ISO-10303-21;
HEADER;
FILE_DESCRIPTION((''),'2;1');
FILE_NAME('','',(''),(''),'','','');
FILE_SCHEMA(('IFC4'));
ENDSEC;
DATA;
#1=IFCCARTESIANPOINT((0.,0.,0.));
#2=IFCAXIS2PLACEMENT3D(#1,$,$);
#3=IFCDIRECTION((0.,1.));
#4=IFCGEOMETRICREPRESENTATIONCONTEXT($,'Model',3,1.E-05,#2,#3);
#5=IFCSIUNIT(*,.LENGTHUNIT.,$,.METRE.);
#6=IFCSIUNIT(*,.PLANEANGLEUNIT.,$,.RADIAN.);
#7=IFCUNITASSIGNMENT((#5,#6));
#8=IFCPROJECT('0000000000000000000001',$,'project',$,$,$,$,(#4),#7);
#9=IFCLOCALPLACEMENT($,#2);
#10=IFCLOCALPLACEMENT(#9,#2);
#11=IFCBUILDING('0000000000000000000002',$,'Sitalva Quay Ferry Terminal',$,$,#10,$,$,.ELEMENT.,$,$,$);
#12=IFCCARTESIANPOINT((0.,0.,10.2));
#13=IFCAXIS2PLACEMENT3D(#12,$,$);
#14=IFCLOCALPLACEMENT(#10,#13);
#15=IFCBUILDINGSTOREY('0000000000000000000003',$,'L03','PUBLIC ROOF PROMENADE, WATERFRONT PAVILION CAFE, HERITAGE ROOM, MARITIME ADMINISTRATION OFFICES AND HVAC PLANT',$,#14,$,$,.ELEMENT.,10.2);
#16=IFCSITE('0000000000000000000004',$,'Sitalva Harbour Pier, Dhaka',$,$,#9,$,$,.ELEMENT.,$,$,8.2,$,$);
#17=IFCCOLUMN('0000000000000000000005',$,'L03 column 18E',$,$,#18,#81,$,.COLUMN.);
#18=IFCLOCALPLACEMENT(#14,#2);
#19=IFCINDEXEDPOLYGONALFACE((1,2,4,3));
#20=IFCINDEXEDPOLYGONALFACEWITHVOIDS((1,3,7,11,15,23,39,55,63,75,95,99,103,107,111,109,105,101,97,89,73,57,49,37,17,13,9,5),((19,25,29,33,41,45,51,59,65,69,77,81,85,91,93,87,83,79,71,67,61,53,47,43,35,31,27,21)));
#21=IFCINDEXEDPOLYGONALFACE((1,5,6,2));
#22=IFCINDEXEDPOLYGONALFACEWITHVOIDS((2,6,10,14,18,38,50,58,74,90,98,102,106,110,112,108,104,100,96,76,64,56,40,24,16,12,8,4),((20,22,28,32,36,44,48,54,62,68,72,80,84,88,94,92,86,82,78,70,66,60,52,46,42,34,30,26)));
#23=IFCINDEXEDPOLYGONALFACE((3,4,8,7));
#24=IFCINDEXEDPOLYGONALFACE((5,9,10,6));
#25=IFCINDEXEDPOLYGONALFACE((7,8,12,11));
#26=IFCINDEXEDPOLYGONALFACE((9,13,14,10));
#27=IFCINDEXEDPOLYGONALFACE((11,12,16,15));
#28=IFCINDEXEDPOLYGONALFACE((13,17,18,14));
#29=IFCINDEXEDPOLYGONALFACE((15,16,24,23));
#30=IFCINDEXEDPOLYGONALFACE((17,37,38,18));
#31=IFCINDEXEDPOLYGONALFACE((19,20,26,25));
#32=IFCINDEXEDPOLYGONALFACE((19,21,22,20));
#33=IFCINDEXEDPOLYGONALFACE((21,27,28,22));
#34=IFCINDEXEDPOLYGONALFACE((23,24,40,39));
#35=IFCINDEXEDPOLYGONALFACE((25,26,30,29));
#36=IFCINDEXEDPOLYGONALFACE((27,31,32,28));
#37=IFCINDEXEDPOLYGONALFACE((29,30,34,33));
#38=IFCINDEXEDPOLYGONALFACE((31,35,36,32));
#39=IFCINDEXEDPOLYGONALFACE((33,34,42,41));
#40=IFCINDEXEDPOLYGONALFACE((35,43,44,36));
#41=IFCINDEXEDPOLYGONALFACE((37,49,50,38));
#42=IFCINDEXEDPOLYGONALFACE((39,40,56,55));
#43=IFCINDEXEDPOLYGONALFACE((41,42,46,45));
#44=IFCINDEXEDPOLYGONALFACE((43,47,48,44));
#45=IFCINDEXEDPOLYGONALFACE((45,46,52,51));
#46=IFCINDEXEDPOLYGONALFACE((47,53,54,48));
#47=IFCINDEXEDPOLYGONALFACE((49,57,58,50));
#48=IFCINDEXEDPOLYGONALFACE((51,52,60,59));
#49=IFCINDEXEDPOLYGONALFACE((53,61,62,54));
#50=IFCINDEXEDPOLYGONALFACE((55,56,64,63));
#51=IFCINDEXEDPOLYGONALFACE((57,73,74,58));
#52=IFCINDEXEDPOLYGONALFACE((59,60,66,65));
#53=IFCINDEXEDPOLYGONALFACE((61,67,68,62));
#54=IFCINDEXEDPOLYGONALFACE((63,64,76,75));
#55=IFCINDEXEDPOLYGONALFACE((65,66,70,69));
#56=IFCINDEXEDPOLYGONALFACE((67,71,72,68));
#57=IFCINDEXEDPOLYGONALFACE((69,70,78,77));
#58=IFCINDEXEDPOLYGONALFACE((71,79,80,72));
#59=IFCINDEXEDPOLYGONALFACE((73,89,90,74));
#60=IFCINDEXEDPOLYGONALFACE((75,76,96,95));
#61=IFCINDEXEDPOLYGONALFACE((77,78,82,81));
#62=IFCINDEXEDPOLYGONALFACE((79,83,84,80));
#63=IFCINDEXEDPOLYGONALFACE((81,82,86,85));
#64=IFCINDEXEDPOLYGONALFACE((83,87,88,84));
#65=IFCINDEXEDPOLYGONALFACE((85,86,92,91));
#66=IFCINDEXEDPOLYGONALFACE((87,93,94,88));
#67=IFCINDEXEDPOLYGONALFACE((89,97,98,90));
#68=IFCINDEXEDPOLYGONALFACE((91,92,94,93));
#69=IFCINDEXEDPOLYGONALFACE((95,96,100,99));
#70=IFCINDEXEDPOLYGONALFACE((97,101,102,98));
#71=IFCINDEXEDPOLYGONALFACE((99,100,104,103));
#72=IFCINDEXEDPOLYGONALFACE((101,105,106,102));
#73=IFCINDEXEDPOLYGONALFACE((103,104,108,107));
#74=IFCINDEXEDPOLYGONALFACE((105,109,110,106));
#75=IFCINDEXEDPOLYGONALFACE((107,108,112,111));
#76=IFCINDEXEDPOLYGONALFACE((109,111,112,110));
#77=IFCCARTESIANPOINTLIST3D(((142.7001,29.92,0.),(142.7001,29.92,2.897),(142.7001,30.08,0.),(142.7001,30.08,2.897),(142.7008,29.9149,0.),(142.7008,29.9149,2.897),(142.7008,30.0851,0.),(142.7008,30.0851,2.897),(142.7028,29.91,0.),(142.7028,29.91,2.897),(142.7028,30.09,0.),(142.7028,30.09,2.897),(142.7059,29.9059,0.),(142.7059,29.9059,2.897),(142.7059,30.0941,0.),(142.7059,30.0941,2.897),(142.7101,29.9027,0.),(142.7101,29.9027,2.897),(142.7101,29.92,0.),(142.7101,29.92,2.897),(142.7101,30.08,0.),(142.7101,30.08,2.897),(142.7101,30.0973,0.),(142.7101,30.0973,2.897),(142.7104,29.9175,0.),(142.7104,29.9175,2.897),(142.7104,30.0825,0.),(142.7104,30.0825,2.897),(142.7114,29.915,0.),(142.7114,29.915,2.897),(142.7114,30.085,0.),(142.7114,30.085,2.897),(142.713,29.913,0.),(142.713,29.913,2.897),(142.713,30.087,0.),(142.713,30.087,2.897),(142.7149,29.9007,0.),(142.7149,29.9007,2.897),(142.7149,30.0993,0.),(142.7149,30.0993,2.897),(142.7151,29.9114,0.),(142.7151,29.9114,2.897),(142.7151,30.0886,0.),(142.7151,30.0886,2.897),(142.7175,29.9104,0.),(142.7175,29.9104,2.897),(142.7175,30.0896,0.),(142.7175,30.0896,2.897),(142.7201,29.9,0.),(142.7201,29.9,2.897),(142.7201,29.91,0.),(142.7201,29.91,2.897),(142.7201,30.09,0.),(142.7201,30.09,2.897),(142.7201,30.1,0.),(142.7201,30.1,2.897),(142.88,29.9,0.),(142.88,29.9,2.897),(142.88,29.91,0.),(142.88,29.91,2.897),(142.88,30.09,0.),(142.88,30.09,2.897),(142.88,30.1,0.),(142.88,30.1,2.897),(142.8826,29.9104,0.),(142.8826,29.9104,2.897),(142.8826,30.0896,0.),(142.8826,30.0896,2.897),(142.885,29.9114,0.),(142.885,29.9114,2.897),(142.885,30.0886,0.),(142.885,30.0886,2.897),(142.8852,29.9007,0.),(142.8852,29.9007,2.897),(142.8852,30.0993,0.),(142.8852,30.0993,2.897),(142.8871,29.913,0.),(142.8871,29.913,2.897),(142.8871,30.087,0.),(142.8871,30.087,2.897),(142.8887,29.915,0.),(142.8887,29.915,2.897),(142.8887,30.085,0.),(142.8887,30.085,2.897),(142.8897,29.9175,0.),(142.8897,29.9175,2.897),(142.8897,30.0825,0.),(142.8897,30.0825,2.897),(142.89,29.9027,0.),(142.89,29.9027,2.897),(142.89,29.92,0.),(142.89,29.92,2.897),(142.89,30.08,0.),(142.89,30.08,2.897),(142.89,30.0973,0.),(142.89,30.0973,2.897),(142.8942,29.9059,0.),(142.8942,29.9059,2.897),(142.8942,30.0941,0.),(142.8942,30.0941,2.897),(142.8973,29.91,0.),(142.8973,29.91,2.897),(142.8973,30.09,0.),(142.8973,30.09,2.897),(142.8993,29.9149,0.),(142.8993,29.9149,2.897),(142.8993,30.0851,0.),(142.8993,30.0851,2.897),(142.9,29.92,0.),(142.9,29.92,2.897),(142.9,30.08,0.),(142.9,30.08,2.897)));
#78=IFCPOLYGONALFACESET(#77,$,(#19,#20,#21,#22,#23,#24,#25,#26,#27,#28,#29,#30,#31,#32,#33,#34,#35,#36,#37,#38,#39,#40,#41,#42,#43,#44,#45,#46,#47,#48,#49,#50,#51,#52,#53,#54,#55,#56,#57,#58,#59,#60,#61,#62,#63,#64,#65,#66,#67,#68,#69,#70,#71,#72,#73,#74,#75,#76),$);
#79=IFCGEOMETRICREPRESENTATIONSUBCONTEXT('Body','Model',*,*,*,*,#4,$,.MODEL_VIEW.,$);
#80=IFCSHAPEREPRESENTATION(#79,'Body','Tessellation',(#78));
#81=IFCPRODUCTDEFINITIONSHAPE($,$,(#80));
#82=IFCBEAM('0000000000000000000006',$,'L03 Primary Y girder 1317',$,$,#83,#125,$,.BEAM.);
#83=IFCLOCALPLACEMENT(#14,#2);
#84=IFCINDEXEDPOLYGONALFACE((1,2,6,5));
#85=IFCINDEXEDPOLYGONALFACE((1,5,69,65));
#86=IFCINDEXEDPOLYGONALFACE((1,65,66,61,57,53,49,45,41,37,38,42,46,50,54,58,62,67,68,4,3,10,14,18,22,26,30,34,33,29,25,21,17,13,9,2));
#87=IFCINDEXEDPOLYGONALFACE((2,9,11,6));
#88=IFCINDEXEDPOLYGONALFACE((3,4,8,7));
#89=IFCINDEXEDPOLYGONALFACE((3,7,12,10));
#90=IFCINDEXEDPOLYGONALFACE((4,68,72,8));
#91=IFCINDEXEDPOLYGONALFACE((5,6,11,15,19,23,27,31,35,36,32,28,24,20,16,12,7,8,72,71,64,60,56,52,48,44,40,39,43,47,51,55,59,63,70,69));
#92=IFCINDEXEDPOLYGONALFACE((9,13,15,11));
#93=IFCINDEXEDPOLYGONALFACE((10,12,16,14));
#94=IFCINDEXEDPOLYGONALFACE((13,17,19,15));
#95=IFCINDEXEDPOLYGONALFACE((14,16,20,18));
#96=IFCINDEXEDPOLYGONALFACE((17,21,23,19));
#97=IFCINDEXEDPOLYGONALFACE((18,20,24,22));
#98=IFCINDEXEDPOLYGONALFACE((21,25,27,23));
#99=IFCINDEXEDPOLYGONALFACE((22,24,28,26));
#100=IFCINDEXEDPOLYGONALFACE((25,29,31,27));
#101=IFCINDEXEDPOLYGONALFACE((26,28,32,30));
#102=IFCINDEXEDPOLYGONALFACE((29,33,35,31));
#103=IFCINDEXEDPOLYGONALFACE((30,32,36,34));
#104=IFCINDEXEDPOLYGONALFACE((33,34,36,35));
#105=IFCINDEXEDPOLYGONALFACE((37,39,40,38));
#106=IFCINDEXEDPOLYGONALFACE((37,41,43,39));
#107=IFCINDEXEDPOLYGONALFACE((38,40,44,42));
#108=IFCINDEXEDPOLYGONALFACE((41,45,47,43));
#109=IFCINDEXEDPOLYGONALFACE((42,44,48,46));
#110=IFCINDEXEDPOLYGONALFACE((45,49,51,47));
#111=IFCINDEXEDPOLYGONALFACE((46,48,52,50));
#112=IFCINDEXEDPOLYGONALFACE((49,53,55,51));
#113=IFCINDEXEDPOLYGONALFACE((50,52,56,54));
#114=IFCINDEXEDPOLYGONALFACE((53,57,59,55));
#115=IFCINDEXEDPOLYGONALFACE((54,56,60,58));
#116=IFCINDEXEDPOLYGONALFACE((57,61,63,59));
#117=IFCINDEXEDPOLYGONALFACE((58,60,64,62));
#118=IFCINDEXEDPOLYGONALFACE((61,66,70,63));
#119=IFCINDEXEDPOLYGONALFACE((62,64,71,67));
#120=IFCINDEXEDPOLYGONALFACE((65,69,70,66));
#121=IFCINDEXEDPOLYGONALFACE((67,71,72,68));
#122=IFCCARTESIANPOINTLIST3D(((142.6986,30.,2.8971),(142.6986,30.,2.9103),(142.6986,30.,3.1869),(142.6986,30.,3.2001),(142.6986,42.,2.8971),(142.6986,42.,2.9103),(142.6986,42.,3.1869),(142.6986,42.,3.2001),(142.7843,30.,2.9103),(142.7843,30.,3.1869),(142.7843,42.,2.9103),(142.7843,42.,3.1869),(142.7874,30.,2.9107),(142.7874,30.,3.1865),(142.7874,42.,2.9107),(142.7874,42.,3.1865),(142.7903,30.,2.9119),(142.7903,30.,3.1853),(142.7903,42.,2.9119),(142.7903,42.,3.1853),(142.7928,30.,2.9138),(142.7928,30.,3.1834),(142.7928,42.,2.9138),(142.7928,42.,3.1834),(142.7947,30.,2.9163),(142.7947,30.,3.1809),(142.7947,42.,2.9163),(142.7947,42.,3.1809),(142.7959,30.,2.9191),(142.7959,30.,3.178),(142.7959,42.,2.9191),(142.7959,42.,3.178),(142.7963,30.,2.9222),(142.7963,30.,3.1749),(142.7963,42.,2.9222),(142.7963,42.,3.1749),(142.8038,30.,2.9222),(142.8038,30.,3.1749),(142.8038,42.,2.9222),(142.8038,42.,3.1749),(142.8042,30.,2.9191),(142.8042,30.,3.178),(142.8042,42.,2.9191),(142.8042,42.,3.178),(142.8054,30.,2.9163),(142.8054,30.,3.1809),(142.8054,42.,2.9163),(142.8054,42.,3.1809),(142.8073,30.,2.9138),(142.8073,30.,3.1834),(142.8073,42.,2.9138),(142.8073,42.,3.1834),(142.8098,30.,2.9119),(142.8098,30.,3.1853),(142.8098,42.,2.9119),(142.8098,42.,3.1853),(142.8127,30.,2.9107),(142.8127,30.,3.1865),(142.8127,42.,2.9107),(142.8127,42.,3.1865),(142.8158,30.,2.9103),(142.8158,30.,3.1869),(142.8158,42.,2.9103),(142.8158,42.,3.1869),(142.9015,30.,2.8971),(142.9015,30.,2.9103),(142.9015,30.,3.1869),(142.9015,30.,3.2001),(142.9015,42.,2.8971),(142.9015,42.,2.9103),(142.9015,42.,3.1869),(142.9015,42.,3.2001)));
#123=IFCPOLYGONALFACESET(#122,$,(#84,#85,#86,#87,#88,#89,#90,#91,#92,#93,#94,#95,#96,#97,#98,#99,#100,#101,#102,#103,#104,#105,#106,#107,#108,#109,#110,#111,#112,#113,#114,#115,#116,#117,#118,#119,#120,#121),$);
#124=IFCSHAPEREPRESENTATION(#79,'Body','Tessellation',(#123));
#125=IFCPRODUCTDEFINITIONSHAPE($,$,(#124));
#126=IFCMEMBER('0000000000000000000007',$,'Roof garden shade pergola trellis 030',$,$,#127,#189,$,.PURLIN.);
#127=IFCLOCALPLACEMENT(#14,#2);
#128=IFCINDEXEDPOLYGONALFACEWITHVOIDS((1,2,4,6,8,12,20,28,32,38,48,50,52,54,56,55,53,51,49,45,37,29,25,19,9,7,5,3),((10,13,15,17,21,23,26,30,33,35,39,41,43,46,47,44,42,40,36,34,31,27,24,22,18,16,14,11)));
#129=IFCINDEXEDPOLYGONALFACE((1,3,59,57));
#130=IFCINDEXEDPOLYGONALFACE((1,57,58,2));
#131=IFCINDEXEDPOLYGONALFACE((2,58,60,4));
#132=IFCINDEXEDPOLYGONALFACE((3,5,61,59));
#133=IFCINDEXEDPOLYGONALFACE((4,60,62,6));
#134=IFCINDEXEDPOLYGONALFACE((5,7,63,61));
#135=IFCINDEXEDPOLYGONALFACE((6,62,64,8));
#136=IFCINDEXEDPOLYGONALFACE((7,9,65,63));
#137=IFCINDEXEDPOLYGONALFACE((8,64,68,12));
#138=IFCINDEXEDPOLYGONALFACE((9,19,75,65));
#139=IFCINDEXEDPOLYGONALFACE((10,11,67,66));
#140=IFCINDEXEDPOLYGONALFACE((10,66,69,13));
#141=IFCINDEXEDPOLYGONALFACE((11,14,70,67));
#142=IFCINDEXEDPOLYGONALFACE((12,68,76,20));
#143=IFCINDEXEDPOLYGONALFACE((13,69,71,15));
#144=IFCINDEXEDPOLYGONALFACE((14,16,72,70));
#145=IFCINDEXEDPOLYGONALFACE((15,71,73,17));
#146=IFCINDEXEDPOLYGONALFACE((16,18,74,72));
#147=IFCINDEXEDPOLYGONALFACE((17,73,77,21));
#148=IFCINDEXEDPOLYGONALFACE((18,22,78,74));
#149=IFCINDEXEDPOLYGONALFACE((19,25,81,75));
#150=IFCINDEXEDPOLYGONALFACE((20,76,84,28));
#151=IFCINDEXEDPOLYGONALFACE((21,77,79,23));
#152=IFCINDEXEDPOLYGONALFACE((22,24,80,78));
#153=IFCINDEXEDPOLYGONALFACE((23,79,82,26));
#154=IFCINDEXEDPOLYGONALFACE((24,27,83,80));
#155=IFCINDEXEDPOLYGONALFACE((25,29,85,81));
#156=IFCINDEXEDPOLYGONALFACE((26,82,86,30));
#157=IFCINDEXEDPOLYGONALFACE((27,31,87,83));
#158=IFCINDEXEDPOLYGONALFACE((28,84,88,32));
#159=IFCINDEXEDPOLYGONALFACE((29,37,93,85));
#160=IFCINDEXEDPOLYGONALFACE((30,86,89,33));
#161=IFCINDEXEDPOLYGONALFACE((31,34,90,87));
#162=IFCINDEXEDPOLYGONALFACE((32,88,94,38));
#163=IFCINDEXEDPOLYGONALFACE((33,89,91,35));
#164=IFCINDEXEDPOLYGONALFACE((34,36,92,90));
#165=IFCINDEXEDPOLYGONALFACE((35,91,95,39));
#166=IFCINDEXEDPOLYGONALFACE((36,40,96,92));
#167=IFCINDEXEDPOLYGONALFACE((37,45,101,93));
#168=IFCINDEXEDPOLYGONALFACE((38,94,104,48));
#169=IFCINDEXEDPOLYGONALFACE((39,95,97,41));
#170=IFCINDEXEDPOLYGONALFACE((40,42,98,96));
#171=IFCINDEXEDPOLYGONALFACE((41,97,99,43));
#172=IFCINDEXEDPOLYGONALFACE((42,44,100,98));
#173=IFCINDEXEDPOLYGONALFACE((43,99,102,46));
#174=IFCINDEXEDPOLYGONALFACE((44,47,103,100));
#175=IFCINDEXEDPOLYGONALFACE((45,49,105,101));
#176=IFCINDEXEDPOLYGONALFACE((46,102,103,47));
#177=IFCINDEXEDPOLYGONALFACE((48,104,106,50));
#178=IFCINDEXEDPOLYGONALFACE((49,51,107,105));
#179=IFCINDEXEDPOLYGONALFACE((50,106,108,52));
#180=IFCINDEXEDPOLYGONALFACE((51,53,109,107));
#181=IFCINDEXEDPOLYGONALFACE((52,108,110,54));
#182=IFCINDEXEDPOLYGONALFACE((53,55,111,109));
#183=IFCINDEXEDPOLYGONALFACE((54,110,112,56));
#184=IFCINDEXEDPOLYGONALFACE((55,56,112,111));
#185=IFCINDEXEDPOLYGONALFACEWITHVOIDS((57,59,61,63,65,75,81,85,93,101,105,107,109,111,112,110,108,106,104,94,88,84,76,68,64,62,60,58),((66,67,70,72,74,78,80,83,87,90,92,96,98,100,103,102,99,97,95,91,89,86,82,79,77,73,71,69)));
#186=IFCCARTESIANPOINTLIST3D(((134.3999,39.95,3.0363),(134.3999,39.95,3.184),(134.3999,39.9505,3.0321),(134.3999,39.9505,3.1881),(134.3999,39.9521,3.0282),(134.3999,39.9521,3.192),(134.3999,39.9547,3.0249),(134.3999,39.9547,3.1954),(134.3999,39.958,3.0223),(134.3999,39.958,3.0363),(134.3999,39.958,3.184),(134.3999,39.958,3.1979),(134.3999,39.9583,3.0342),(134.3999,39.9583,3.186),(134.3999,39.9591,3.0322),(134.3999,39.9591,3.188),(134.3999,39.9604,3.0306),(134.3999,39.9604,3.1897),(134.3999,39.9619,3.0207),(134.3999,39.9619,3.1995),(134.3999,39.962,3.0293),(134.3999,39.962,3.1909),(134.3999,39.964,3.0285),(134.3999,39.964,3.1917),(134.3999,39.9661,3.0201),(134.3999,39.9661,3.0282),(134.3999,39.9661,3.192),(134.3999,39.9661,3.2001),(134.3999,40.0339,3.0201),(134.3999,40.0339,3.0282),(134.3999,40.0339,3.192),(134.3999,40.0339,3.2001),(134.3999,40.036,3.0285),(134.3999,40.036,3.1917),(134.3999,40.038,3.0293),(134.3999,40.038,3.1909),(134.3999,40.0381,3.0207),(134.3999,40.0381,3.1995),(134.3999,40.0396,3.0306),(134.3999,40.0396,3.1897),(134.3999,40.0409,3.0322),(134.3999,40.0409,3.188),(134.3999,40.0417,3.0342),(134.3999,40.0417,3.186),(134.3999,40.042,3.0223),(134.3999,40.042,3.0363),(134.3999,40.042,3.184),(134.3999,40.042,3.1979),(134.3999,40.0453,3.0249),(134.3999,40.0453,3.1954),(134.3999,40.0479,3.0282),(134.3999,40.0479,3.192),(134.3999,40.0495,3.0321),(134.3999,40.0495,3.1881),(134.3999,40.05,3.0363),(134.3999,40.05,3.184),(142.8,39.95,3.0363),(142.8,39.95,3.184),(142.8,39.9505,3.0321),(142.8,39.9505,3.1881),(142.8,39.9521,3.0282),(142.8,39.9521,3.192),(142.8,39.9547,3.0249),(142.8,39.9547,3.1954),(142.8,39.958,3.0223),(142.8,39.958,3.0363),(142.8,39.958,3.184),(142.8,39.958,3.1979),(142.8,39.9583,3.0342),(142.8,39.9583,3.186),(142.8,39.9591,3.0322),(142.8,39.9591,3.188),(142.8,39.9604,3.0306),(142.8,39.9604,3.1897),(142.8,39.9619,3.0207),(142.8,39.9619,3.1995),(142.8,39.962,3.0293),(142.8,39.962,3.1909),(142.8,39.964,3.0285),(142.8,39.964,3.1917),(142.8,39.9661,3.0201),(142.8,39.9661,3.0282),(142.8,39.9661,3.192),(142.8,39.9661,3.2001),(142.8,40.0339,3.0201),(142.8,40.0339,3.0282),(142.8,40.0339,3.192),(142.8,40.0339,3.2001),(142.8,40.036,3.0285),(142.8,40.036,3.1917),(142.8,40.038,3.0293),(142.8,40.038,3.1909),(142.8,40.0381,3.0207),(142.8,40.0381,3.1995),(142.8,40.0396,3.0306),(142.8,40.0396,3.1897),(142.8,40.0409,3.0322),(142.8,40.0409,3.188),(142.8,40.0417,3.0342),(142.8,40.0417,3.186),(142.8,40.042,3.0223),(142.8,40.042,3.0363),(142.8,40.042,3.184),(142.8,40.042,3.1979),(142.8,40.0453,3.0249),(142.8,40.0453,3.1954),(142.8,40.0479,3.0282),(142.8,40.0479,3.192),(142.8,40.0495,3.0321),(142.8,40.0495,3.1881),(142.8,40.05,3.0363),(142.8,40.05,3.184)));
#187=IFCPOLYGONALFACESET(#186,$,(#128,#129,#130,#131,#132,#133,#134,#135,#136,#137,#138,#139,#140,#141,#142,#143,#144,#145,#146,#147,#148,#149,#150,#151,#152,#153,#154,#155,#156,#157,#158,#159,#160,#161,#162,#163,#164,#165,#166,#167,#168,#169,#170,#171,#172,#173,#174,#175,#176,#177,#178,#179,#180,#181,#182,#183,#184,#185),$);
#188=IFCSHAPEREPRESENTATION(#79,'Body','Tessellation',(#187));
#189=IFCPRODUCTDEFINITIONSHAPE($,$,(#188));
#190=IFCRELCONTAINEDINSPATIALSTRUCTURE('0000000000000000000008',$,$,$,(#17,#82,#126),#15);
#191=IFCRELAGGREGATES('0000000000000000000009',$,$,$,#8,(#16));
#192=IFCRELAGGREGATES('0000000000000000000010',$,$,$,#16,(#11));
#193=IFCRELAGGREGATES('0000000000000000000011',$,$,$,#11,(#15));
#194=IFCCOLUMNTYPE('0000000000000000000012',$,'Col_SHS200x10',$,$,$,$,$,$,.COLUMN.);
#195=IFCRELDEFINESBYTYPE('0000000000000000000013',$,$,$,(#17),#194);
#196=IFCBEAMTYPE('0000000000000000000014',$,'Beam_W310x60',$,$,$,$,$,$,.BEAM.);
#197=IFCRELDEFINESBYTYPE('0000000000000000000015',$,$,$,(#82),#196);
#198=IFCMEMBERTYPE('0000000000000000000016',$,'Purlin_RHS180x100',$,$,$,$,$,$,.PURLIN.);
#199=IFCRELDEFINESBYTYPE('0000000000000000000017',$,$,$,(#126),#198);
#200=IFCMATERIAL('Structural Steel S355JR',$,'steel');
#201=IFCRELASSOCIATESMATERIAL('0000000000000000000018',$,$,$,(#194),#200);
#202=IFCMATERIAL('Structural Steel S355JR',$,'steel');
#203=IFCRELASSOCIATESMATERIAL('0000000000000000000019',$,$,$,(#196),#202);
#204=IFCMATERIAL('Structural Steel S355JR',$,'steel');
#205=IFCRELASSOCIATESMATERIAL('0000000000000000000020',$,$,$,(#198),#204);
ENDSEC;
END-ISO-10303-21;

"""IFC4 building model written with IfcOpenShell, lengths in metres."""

from ifc_helpers import new_model, si_unit, direction, frame, origin, origin_2d, place, context, subcontext, project, spatial, hollow_rectangle, i_section, extrude, material, material_profile, profile_set, type_object, element, save


model = new_model("IFC4")

# Units and contexts
model_context = context("Model", 3, precision=1e-05, world=origin(), true_north=direction((0.0, 1.0)))
body_context = subcontext(model_context, "Body", "Model", "MODEL_VIEW")
ifc_project = project(units=[si_unit("LENGTHUNIT", "METRE"), si_unit("PLANEANGLEUNIT", "RADIAN")], contexts=[model_context])

# Site, building, storey
site_placement = place(None, origin())
site = spatial("IfcSite", under=ifc_project, at=site_placement, Name="Sitalva Harbour Pier, Dhaka", CompositionType="ELEMENT", RefElevation=8.2)
building_placement = place(site_placement, origin())
building = spatial("IfcBuilding", under=site, at=building_placement, Name="Sitalva Quay Ferry Terminal", CompositionType="ELEMENT")
storey_placement = place(building_placement, frame((0.0, 0.0, 10.2)))
storey = spatial("IfcBuildingStorey", under=building, at=storey_placement, Name="L03", Description="PUBLIC ROOF PROMENADE, WATERFRONT PAVILION CAFE, HERITAGE ROOM, MARITIME ADMINISTRATION OFFICES AND HVAC PLANT", CompositionType="ELEMENT", Elevation=10.2)

# Column
ifc_material_1 = material(Name="Structural Steel S355JR", Category="steel")
ifc_material_profile_1 = material_profile(ifc_material_1, hollow_rectangle(XDim=0.2, YDim=0.2, WallThickness=0.01, InnerFilletRadius=0.01, OuterFilletRadius=0.02, at=origin_2d()), Name="SHS200x200x10")
ifc_profile_set_1 = profile_set([ifc_material_profile_1], Name="Structural Steel S355JR")
column_type = type_object("IfcColumnType", Name="Col_SHS200x10", PredefinedType="COLUMN", material=ifc_profile_set_1)
column_placement = place(storey_placement, frame((142.8, 30.0, 0.0), z_axis=(0.0, 0.0, 1.0), x_axis=(1.0, 0.0, 0.0)))
element("IfcColumn", 1, at=column_placement, inside=storey, type_object=column_type, Name="L03 column 18E", PredefinedType="COLUMN", context=body_context, shape_type="SweptSolid", body=[
    extrude(hollow_rectangle(XDim=0.2, YDim=0.2, WallThickness=0.01, InnerFilletRadius=0.01, OuterFilletRadius=0.02, at=origin_2d()), origin(), (0.0, 0.0, 1.0), 2.897),
])

# Beam
ifc_material_2 = material(Name="Structural Steel S355JR", Category="steel")
ifc_material_profile_2 = material_profile(ifc_material_2, i_section(OverallWidth=0.2029, OverallDepth=0.303, WebThickness=0.0076, FlangeThickness=0.0132, FilletRadius=0.012, at=origin_2d()), Name="W310x60")
ifc_profile_set_2 = profile_set([ifc_material_profile_2], Name="Structural Steel S355JR")
beam_type = type_object("IfcBeamType", Name="Beam_W310x60", PredefinedType="BEAM", material=ifc_profile_set_2)
beam_placement = place(storey_placement, frame((142.8, 30.0, 3.0486), z_axis=(0.0, 1.0, 0.0), x_axis=(-1.0, 0.0, 0.0)))
element("IfcBeam", 2, at=beam_placement, inside=storey, type_object=beam_type, Name="L03 Primary Y girder 1317", PredefinedType="BEAM", context=body_context, shape_type="SweptSolid", body=[
    extrude(i_section(OverallWidth=0.2029, OverallDepth=0.303, WebThickness=0.0076, FlangeThickness=0.0132, FilletRadius=0.012, at=origin_2d()), origin(), (0.0, 0.0, 1.0), 12.0),
])

# Member
ifc_material_3 = material(Name="Structural Steel S355JR", Category="steel")
ifc_material_profile_3 = material_profile(ifc_material_3, hollow_rectangle(XDim=0.1001, YDim=0.1799, WallThickness=0.0081, InnerFilletRadius=0.0081, OuterFilletRadius=0.0161, at=origin_2d()), Name="RHS180x100x8")
ifc_profile_set_3 = profile_set([ifc_material_profile_3], Name="Structural Steel S355JR")
member_type_1 = type_object("IfcMemberType", Name="Purlin_RHS180x100", PredefinedType="PURLIN", material=ifc_profile_set_3)
member_1_placement = place(storey_placement, frame((134.3999, 40.0, 3.1101), z_axis=(1.0, 0.0, 0.0), x_axis=(0.0, 1.0, 0.0)))
element("IfcMember", 3, at=member_1_placement, inside=storey, type_object=member_type_1, Name="Roof garden shade pergola trellis 030", PredefinedType="PURLIN", context=body_context, shape_type="SweptSolid", body=[
    extrude(hollow_rectangle(XDim=0.1001, YDim=0.1799, WallThickness=0.0081, InnerFilletRadius=0.0081, OuterFilletRadius=0.0161, at=origin_2d()), origin(), (0.0, 0.0, 1.0), 8.4001),
])

save(model, "model.ifc")
